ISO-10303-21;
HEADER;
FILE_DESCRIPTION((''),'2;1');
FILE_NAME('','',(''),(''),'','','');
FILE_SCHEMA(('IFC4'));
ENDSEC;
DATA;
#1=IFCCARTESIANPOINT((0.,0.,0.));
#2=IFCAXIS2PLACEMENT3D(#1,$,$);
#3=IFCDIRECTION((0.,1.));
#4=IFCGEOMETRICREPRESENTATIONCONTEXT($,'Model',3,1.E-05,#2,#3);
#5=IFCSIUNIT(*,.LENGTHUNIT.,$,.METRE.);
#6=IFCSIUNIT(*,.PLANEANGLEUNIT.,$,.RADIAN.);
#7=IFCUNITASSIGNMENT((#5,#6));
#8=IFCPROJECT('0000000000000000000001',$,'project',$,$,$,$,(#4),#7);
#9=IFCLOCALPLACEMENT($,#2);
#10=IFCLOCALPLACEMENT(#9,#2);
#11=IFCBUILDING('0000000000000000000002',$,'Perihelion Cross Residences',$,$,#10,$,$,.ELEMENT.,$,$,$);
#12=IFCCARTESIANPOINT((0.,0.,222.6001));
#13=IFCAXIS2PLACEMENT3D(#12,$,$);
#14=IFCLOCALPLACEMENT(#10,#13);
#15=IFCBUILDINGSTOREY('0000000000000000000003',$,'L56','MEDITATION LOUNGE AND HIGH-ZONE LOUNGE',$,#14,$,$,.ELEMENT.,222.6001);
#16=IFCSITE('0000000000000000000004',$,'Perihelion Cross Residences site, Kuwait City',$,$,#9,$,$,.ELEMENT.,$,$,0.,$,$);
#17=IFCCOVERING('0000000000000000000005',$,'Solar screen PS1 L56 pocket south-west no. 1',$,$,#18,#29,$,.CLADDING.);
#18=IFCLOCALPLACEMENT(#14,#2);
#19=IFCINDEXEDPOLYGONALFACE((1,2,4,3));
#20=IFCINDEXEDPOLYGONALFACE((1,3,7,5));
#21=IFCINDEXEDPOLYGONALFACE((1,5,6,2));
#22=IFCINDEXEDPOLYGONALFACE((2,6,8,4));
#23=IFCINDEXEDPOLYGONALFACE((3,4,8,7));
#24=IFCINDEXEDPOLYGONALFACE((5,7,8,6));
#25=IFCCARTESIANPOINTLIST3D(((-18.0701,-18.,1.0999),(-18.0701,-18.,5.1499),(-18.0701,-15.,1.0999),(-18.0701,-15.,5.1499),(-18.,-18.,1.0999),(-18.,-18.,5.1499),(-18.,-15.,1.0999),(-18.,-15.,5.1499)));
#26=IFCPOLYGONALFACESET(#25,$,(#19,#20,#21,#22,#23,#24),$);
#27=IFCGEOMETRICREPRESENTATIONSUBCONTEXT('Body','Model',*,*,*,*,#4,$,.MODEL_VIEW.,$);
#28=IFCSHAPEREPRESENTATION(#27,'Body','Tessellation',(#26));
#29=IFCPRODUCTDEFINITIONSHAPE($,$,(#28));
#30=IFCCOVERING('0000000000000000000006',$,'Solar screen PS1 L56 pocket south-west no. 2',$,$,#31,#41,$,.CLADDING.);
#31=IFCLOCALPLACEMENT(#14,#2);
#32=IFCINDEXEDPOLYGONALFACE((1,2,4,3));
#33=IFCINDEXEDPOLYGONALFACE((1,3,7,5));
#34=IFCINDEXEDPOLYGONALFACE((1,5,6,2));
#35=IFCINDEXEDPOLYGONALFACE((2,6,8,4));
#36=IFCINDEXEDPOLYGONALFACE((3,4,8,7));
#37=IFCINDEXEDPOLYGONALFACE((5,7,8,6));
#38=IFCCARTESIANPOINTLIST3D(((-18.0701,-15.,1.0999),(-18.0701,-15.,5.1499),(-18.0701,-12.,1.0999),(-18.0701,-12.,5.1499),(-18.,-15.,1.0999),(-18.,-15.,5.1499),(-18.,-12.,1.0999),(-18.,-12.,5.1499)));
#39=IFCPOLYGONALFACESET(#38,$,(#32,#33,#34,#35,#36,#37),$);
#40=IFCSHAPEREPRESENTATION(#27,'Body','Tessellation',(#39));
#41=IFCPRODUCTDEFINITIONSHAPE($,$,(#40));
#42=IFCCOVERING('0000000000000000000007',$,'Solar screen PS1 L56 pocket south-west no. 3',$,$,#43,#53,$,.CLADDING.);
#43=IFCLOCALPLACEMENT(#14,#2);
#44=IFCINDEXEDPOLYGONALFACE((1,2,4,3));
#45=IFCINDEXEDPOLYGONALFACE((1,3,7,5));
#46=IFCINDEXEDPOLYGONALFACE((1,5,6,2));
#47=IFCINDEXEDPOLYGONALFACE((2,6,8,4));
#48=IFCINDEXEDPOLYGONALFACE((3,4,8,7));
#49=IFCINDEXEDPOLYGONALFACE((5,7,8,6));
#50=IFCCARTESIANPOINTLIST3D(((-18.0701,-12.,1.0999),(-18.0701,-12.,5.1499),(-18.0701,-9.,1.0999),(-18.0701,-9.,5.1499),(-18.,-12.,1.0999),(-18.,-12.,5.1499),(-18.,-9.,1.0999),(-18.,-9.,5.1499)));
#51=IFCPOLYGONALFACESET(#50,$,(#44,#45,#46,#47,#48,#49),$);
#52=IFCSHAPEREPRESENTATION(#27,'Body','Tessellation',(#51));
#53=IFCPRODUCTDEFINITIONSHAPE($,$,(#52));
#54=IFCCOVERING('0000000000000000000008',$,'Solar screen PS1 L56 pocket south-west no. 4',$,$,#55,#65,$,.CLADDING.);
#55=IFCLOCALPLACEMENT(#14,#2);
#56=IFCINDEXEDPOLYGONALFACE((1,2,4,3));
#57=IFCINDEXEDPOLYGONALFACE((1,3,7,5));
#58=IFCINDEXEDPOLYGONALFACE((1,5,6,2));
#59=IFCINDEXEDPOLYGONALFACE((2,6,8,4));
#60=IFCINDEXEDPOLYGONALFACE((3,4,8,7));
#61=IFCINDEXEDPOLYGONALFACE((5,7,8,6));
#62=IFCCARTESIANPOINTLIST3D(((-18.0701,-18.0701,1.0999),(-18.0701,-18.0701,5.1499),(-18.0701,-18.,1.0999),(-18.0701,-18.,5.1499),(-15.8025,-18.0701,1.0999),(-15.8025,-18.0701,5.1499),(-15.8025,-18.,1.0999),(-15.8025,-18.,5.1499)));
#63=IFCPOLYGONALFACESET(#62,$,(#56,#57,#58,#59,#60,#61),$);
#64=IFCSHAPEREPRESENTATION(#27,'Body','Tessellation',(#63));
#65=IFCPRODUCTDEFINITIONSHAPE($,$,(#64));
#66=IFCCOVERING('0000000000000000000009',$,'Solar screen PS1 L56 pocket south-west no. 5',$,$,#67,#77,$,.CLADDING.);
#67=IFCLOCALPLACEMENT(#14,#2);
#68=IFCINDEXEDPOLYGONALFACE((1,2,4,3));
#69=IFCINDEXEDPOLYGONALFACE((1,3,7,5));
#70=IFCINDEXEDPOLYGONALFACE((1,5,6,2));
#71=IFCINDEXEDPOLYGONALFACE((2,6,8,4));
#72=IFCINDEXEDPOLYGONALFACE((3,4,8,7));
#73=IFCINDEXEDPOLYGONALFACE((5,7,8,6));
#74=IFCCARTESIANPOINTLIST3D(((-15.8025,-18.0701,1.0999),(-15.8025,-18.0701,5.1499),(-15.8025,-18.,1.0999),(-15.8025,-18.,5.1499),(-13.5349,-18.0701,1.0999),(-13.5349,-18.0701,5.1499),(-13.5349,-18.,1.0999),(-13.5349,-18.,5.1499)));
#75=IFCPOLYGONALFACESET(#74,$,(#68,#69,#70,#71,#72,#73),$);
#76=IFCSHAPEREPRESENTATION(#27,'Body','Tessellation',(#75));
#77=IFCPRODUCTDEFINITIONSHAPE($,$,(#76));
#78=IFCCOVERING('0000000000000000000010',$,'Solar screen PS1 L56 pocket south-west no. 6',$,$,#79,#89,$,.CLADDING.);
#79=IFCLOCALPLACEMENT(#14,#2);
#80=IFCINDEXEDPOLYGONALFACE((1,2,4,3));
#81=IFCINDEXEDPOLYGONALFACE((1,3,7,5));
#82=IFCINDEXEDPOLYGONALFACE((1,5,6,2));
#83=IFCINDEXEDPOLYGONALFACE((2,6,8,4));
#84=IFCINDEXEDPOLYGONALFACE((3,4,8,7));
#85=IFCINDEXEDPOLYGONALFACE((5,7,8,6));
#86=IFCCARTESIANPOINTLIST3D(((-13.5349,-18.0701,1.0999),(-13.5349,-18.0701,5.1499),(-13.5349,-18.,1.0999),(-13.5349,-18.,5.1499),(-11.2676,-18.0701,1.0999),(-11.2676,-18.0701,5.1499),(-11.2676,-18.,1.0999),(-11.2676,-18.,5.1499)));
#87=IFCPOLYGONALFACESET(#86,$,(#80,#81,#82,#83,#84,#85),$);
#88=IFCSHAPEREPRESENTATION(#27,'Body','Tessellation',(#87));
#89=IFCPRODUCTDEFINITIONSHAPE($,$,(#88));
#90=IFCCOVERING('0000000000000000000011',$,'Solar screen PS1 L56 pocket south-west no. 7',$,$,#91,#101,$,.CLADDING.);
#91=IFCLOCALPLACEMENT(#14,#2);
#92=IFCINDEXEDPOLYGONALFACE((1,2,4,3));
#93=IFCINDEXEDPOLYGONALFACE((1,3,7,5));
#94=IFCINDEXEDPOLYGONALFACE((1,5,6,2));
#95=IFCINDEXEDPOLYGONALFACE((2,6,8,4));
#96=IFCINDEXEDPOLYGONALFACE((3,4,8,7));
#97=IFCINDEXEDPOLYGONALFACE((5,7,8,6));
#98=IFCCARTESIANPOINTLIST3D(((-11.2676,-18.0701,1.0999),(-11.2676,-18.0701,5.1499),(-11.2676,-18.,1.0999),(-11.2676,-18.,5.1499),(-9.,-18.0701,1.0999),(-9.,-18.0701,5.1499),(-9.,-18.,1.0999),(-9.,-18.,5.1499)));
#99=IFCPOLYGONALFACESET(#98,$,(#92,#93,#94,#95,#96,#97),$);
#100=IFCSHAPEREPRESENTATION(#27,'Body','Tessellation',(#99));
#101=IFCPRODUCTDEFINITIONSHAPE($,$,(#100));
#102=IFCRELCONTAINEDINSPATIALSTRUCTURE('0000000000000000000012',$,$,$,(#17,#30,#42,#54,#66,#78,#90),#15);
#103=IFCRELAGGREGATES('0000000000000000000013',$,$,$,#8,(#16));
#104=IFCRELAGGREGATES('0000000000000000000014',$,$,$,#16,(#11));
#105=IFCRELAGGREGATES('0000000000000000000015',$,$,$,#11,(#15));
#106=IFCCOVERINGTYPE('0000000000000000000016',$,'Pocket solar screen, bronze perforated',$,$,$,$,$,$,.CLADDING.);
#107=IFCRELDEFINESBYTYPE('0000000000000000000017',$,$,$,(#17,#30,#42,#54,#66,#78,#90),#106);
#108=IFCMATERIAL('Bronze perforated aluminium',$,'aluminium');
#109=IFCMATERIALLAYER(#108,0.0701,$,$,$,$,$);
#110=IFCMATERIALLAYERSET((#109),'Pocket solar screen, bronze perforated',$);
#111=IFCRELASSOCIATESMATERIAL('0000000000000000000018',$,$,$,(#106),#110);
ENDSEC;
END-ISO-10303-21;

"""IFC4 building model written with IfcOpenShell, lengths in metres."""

from ifc_helpers import new_model, si_unit, direction, frame, origin, place, context, subcontext, project, spatial, polyline, outline, extrude, material, layer, layer_set, type_object, element, save


model = new_model("IFC4")

# Units and contexts
model_context = context("Model", 3, precision=1e-05, world=origin(), true_north=direction((0.0, 1.0)))
body_context = subcontext(model_context, "Body", "Model", "MODEL_VIEW")
ifc_project = project(units=[si_unit("LENGTHUNIT", "METRE"), si_unit("PLANEANGLEUNIT", "RADIAN")], contexts=[model_context])

# Site, building, storey
site_placement = place(None, origin())
site = spatial("IfcSite", under=ifc_project, at=site_placement, Name="Perihelion Cross Residences site, Kuwait City", CompositionType="ELEMENT", RefElevation=0.0)
building_placement = place(site_placement, origin())
building = spatial("IfcBuilding", under=site, at=building_placement, Name="Perihelion Cross Residences", CompositionType="ELEMENT")
storey_placement = place(building_placement, frame((0.0, 0.0, 222.6001)))
storey = spatial("IfcBuildingStorey", under=building, at=storey_placement, Name="L56", Description="MEDITATION LOUNGE AND HIGH-ZONE LOUNGE", CompositionType="ELEMENT", Elevation=222.6001)

# Coverings
ifc_material_1 = material(Name="Bronze perforated aluminium", Category="aluminium")
ifc_layer_1 = layer(ifc_material_1, 0.0701)
ifc_layer_set_1 = layer_set([ifc_layer_1], Name="Pocket solar screen, bronze perforated")
covering_type_1 = type_object("IfcCoveringType", Name="Pocket solar screen, bronze perforated", PredefinedType="CLADDING", material=ifc_layer_set_1)
covering_1_placement = place(storey_placement, frame((0.0, 0.0, 1.0999)))
element("IfcCovering", 1, at=covering_1_placement, inside=storey, type_object=covering_type_1, Name="Solar screen PS1 L56 pocket south-west no. 1", PredefinedType="CLADDING", context=body_context, shape_type="SweptSolid", body=[
    extrude(outline(polyline([(-18.0, -18.0), (-18.0, -15.0), (-18.0701, -15.0), (-18.0701, -18.0), (-18.0, -18.0)])), origin(), (0.0, 0.0, 1.0), 4.05),
])
covering_2_placement = place(storey_placement, frame((0.0, 0.0, 1.0999)))
element("IfcCovering", 2, at=covering_2_placement, inside=storey, type_object=covering_type_1, Name="Solar screen PS1 L56 pocket south-west no. 2", PredefinedType="CLADDING", context=body_context, shape_type="SweptSolid", body=[
    extrude(outline(polyline([(-18.0, -15.0), (-18.0, -12.0), (-18.0701, -12.0), (-18.0701, -15.0), (-18.0, -15.0)])), origin(), (0.0, 0.0, 1.0), 4.05),
])
covering_3_placement = place(storey_placement, frame((0.0, 0.0, 1.0999)))
element("IfcCovering", 3, at=covering_3_placement, inside=storey, type_object=covering_type_1, Name="Solar screen PS1 L56 pocket south-west no. 3", PredefinedType="CLADDING", context=body_context, shape_type="SweptSolid", body=[
    extrude(outline(polyline([(-18.0, -12.0), (-18.0, -9.0), (-18.0701, -9.0), (-18.0701, -12.0), (-18.0, -12.0)])), origin(), (0.0, 0.0, 1.0), 4.05),
])
covering_4_placement = place(storey_placement, frame((0.0, 0.0, 1.0999)))
element("IfcCovering", 4, at=covering_4_placement, inside=storey, type_object=covering_type_1, Name="Solar screen PS1 L56 pocket south-west no. 4", PredefinedType="CLADDING", context=body_context, shape_type="SweptSolid", body=[
    extrude(outline(polyline([(-15.8025, -18.0701), (-15.8025, -18.0), (-18.0701, -18.0), (-18.0701, -18.0701), (-15.8025, -18.0701)])), origin(), (0.0, 0.0, 1.0), 4.05),
])
covering_5_placement = place(storey_placement, frame((0.0, 0.0, 1.0999)))
element("IfcCovering", 5, at=covering_5_placement, inside=storey, type_object=covering_type_1, Name="Solar screen PS1 L56 pocket south-west no. 5", PredefinedType="CLADDING", context=body_context, shape_type="SweptSolid", body=[
    extrude(outline(polyline([(-13.5349, -18.0701), (-13.5349, -18.0), (-15.8025, -18.0), (-15.8025, -18.0701), (-13.5349, -18.0701)])), origin(), (0.0, 0.0, 1.0), 4.05),
])
covering_6_placement = place(storey_placement, frame((0.0, 0.0, 1.0999)))
element("IfcCovering", 6, at=covering_6_placement, inside=storey, type_object=covering_type_1, Name="Solar screen PS1 L56 pocket south-west no. 6", PredefinedType="CLADDING", context=body_context, shape_type="SweptSolid", body=[
    extrude(outline(polyline([(-11.2676, -18.0701), (-11.2676, -18.0), (-13.5349, -18.0), (-13.5349, -18.0701), (-11.2676, -18.0701)])), origin(), (0.0, 0.0, 1.0), 4.05),
])
covering_7_placement = place(storey_placement, frame((0.0, 0.0, 1.0999)))
element("IfcCovering", 7, at=covering_7_placement, inside=storey, type_object=covering_type_1, Name="Solar screen PS1 L56 pocket south-west no. 7", PredefinedType="CLADDING", context=body_context, shape_type="SweptSolid", body=[
    extrude(outline(polyline([(-9.0, -18.0701), (-9.0, -18.0), (-11.2676, -18.0), (-11.2676, -18.0701), (-9.0, -18.0701)])), origin(), (0.0, 0.0, 1.0), 4.05),
])

save(model, "model.ifc")
